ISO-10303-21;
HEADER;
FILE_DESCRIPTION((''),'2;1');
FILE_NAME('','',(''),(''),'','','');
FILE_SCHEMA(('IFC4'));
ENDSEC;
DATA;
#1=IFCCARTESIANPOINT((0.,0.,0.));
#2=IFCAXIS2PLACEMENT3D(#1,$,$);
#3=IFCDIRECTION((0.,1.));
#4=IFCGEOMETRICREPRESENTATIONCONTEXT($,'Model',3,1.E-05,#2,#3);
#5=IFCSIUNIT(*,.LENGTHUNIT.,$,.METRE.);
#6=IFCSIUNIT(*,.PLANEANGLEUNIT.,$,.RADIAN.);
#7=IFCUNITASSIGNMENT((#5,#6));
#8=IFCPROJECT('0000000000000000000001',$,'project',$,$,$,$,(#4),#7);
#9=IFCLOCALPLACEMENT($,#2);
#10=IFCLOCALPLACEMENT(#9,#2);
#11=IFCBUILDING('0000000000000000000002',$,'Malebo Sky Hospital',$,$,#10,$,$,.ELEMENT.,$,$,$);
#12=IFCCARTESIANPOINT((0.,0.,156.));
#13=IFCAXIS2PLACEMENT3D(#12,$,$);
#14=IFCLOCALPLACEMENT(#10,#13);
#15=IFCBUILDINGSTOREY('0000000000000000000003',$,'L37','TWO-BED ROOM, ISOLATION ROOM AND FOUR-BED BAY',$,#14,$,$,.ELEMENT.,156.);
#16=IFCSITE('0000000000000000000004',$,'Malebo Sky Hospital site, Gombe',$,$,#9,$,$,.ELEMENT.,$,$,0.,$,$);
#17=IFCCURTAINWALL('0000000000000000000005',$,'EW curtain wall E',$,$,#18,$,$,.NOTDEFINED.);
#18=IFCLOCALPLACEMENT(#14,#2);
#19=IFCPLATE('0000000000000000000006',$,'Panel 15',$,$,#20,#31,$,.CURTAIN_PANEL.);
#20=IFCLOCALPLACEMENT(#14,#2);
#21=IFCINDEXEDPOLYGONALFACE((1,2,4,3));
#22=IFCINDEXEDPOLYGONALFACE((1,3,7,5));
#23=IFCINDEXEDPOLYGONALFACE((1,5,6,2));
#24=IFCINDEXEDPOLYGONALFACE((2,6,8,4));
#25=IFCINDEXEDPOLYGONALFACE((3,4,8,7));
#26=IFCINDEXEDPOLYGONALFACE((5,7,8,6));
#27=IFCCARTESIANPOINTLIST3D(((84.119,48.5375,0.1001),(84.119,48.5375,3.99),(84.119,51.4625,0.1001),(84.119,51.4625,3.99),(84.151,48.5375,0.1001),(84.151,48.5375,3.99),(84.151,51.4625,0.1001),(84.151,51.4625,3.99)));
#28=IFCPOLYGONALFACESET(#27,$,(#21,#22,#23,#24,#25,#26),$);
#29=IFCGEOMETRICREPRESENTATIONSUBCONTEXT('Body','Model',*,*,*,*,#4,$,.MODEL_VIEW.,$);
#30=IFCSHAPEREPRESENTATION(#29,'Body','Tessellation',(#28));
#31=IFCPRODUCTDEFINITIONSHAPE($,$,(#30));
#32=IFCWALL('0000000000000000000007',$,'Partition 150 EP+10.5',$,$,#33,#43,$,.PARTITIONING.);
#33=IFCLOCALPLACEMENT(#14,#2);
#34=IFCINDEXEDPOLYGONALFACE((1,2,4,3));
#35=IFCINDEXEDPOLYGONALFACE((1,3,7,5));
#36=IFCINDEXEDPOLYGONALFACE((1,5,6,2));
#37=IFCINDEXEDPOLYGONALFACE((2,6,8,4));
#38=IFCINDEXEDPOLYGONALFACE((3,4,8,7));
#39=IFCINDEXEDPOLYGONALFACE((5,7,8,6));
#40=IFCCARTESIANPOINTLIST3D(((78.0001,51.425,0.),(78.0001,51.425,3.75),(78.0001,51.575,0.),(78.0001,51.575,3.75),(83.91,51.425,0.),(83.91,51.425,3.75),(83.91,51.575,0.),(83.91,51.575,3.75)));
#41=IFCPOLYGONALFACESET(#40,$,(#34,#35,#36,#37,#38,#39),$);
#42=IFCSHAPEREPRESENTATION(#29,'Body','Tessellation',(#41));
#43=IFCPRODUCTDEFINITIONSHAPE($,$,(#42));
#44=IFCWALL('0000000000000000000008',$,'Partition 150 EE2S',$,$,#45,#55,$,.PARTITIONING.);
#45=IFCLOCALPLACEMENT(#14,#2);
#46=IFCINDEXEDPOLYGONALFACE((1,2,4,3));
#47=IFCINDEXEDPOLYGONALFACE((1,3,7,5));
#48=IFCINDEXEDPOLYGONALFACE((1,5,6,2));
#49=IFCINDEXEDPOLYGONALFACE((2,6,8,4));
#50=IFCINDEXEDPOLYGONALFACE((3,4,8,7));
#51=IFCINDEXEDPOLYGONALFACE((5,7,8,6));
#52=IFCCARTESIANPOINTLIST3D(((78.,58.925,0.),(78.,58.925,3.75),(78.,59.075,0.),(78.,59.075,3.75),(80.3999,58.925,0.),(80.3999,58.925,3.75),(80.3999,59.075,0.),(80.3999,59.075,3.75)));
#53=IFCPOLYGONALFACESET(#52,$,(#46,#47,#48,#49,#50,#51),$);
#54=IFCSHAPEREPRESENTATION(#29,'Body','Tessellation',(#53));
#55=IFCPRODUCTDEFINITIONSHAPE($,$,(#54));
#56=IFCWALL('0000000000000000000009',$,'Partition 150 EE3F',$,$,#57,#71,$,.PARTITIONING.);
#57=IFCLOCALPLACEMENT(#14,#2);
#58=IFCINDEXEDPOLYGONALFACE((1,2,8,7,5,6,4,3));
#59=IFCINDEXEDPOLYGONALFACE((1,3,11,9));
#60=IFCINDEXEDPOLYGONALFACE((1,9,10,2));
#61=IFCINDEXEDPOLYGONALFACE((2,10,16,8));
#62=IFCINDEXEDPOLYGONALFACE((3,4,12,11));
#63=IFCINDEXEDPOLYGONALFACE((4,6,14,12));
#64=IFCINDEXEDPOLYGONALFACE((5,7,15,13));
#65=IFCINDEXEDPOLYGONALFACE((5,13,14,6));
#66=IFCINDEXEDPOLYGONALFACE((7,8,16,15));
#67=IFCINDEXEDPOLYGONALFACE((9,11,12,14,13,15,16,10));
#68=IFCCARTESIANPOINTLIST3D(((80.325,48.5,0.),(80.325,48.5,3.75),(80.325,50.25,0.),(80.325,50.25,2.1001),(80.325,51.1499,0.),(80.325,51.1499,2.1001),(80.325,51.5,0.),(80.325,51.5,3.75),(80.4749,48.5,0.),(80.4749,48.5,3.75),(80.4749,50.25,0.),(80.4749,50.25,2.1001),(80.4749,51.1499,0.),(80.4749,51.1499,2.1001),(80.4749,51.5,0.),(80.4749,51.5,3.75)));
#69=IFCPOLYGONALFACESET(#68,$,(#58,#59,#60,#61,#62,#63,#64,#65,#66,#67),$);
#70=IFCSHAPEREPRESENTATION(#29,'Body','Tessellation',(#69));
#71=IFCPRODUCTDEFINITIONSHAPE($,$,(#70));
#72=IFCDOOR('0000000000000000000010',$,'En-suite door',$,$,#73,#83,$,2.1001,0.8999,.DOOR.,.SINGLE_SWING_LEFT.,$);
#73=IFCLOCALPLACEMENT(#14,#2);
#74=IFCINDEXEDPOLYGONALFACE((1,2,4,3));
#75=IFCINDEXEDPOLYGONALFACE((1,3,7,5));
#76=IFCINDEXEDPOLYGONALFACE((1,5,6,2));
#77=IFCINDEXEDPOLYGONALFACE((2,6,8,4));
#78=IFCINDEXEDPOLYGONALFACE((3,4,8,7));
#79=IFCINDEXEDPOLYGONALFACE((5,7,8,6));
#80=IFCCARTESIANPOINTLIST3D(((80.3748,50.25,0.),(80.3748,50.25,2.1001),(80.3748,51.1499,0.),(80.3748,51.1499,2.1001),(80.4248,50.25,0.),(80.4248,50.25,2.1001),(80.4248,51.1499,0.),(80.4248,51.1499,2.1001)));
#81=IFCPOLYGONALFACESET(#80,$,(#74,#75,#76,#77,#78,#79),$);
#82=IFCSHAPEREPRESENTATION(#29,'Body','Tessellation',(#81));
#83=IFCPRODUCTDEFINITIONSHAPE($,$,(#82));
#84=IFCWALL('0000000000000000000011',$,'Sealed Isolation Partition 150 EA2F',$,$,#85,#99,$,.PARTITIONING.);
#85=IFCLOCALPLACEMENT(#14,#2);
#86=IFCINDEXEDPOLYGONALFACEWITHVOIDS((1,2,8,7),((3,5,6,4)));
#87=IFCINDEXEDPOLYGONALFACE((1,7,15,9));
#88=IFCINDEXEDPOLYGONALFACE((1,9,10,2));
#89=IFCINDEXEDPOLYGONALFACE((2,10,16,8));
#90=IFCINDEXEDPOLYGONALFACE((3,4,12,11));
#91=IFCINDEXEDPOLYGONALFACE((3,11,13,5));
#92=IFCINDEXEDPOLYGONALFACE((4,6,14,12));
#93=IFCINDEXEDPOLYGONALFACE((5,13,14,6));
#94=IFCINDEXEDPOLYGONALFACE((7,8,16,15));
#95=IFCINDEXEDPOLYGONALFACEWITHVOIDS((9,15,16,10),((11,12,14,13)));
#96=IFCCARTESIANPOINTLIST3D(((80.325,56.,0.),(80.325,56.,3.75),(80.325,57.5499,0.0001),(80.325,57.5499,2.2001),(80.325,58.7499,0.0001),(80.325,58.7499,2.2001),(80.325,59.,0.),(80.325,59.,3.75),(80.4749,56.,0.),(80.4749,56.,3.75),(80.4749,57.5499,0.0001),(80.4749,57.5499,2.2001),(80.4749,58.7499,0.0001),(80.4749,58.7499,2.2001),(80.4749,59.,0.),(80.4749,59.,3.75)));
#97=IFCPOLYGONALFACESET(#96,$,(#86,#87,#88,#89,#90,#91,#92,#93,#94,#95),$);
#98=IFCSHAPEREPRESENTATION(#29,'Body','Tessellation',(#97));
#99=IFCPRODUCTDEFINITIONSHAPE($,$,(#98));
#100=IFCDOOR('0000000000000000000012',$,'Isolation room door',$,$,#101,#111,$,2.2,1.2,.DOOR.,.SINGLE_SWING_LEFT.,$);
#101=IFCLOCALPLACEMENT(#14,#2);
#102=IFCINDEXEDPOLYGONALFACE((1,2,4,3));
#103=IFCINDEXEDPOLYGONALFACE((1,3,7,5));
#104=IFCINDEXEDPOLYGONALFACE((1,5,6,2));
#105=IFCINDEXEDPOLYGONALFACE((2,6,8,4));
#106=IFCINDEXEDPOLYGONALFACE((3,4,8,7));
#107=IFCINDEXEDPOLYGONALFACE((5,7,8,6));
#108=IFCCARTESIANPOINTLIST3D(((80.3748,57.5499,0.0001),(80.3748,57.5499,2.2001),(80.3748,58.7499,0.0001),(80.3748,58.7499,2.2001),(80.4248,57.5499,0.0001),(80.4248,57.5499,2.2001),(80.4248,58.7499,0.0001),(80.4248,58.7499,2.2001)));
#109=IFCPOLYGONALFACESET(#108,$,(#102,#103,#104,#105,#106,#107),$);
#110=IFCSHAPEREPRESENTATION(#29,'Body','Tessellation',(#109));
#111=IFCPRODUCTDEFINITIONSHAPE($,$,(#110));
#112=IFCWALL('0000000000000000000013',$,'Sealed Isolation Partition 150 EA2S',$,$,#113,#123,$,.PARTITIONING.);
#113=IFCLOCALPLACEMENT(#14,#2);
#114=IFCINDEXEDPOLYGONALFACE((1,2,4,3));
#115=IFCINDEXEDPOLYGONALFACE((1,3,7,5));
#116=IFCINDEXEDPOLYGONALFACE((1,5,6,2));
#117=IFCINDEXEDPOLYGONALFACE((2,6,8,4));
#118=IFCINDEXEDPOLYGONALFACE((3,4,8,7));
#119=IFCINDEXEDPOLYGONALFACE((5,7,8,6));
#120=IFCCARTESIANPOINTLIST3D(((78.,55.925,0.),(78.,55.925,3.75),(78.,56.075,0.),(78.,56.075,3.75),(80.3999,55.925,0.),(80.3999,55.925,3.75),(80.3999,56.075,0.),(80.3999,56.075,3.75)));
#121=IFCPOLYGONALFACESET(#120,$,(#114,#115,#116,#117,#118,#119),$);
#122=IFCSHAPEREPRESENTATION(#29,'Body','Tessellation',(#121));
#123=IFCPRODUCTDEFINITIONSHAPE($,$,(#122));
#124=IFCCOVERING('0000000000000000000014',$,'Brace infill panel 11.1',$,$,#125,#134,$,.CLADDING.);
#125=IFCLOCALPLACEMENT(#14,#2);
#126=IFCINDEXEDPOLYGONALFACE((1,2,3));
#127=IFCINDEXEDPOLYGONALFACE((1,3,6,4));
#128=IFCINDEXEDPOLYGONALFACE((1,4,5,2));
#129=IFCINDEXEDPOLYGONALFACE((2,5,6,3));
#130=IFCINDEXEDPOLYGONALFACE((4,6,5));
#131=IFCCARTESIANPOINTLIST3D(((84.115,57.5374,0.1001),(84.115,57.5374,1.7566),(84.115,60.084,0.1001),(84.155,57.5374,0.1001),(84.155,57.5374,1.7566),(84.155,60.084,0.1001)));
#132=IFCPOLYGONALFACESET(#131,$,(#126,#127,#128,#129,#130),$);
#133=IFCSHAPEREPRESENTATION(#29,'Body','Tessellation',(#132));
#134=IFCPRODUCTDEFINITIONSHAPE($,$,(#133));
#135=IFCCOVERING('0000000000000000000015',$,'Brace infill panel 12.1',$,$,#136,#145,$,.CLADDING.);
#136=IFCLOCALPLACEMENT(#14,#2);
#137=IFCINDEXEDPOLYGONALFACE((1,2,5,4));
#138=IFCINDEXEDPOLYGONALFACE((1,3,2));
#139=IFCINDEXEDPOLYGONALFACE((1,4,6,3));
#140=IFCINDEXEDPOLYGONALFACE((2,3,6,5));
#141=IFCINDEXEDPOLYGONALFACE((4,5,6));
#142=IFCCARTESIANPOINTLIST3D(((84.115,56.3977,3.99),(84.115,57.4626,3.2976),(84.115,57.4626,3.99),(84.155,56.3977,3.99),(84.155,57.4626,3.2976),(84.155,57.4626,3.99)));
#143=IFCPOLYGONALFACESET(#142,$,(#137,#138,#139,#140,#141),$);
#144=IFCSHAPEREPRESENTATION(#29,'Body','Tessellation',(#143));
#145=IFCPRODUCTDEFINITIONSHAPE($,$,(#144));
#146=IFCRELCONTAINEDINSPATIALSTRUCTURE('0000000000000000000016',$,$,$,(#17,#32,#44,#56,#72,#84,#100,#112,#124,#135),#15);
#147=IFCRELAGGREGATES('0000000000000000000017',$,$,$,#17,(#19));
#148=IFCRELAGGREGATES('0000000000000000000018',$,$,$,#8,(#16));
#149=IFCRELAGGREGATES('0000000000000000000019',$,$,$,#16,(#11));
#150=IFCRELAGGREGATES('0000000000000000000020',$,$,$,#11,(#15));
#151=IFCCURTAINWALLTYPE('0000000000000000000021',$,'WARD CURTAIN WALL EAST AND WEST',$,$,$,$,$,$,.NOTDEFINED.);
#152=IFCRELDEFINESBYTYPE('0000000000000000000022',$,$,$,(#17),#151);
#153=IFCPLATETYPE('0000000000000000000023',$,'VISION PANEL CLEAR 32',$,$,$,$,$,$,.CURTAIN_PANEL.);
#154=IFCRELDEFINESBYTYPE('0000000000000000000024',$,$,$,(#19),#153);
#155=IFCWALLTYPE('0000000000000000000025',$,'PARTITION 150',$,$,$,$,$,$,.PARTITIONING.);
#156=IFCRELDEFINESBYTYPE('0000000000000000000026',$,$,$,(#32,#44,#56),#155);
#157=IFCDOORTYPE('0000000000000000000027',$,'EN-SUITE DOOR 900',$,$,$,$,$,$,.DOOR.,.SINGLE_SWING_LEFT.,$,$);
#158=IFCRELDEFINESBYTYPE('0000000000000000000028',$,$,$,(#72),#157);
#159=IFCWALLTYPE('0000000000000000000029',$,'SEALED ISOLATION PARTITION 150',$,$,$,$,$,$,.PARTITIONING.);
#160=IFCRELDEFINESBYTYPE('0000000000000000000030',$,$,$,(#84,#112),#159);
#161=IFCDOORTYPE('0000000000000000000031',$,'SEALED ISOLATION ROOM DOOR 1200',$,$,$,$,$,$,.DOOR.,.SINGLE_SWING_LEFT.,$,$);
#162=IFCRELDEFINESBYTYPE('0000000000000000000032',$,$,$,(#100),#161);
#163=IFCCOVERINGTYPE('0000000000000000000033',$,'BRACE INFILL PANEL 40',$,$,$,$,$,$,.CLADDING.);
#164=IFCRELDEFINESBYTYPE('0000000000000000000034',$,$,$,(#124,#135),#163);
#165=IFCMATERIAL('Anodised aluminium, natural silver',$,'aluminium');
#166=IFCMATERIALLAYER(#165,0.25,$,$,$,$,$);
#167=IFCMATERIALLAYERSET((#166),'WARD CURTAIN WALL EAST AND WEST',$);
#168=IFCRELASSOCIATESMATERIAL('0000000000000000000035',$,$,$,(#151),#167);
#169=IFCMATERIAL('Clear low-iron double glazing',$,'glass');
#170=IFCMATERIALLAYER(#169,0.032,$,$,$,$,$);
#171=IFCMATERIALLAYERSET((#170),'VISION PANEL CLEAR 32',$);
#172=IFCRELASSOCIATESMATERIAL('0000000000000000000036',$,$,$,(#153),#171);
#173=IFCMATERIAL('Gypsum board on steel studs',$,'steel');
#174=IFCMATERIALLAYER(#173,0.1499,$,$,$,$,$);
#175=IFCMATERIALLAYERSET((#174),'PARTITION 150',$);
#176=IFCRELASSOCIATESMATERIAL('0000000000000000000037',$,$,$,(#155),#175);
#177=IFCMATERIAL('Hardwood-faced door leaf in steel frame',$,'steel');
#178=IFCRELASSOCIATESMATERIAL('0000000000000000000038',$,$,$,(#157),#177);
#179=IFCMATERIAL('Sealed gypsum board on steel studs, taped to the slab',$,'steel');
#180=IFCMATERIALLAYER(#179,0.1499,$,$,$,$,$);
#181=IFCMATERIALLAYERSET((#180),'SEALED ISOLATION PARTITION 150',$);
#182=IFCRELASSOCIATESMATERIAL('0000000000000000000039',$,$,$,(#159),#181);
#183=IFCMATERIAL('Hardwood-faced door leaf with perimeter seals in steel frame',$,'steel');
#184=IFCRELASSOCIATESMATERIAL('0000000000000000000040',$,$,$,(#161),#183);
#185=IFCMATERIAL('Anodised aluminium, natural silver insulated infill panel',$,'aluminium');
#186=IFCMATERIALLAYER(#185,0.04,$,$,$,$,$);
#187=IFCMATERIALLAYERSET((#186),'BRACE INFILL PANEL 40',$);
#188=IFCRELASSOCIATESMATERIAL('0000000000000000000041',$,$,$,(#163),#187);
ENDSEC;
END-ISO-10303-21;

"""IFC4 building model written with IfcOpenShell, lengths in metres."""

from ifc_helpers import new_model, si_unit, direction, frame, frame_2d, origin, origin_2d, place, context, subcontext, project, spatial, polyline, rectangle, outline, extrude, material, layer, layer_set, type_object, element, fill, aggregate, save


model = new_model("IFC4")

# Units and contexts
model_context = context("Model", 3, precision=1e-05, world=origin(), true_north=direction((0.0, 1.0)))
body_context = subcontext(model_context, "Body", "Model", "MODEL_VIEW")
ifc_project = project(units=[si_unit("LENGTHUNIT", "METRE"), si_unit("PLANEANGLEUNIT", "RADIAN")], contexts=[model_context])

# Site, building, storey
site_placement = place(None, origin())
site = spatial("IfcSite", under=ifc_project, at=site_placement, Name="Malebo Sky Hospital site, Gombe", CompositionType="ELEMENT", RefElevation=0.0)
building_placement = place(site_placement, origin())
building = spatial("IfcBuilding", under=site, at=building_placement, Name="Malebo Sky Hospital", CompositionType="ELEMENT")
storey_placement = place(building_placement, frame((0.0, 0.0, 156.0)))
storey = spatial("IfcBuildingStorey", under=building, at=storey_placement, Name="L37", Description="TWO-BED ROOM, ISOLATION ROOM AND FOUR-BED BAY", CompositionType="ELEMENT", Elevation=156.0)

# Curtain wall
ifc_material_1 = material(Name="Anodised aluminium, natural silver", Category="aluminium")
ifc_layer_1 = layer(ifc_material_1, 0.25)
ifc_layer_set_1 = layer_set([ifc_layer_1], Name="WARD CURTAIN WALL EAST AND WEST")
curtain_wall_type = type_object("IfcCurtainWallType", Name="WARD CURTAIN WALL EAST AND WEST", PredefinedType="NOTDEFINED", material=ifc_layer_set_1)
curtain_wall_placement = place(storey_placement, origin())
curtain_wall = element("IfcCurtainWall", 1, at=curtain_wall_placement, inside=storey, type_object=curtain_wall_type, Name="EW curtain wall E", PredefinedType="NOTDEFINED")

# Plate
ifc_material_2 = material(Name="Clear low-iron double glazing", Category="glass")
ifc_layer_2 = layer(ifc_material_2, 0.032)
ifc_layer_set_2 = layer_set([ifc_layer_2], Name="VISION PANEL CLEAR 32")
plate_type = type_object("IfcPlateType", Name="VISION PANEL CLEAR 32", PredefinedType="CURTAIN_PANEL", material=ifc_layer_set_2)
plate_1_placement = place(storey_placement, frame((84.135, 50.0, 0.1001), z_axis=(0.0, 0.0, 1.0), x_axis=(0.0, -1.0, 0.0)))
plate_1 = element("IfcPlate", 2, at=plate_1_placement, type_object=plate_type, Name="Panel 15", PredefinedType="CURTAIN_PANEL", context=body_context, shape_type="SweptSolid", body=[
    extrude(rectangle(XDim=2.925, YDim=0.032, at=origin_2d()), origin(), (0.0, 0.0, 1.0), 3.8899),
])
aggregate(curtain_wall, [plate_1])

# Walls
ifc_material_3 = material(Name="Gypsum board on steel studs", Category="steel")
ifc_layer_3 = layer(ifc_material_3, 0.1499)
ifc_layer_set_3 = layer_set([ifc_layer_3], Name="PARTITION 150")
wall_type_1 = type_object("IfcWallType", Name="PARTITION 150", PredefinedType="PARTITIONING", material=ifc_layer_set_3)
wall_1_placement = place(storey_placement, frame((78.0, 51.5, 0.0), z_axis=(0.0, 0.0, 1.0), x_axis=(1.0, 0.0, 0.0)))
element("IfcWall", 3, at=wall_1_placement, inside=storey, type_object=wall_type_1, Name="Partition 150 EP+10.5", PredefinedType="PARTITIONING", context=body_context, shape_type="SweptSolid", body=[
    extrude(rectangle(XDim=5.9099, YDim=0.1499, at=frame_2d((2.9551, 0.0))), origin(), (0.0, 0.0, 1.0), 3.75),
])
wall_2_placement = place(storey_placement, frame((78.0, 59.0, 0.0), z_axis=(0.0, 0.0, 1.0), x_axis=(1.0, 0.0, 0.0)))
element("IfcWall", 4, at=wall_2_placement, inside=storey, type_object=wall_type_1, Name="Partition 150 EE2S", PredefinedType="PARTITIONING", context=body_context, shape_type="SweptSolid", body=[
    extrude(rectangle(XDim=2.3999, YDim=0.1499, at=frame_2d((1.2, 0.0))), origin(), (0.0, 0.0, 1.0), 3.75),
])

# Walls, openings, doors
wall_3_placement = place(storey_placement, frame((80.3999, 51.5, 0.0), z_axis=(0.0, 0.0, 1.0), x_axis=(0.0, -1.0, 0.0)))
wall_3 = element("IfcWall", 5, at=wall_3_placement, inside=storey, type_object=wall_type_1, Name="Partition 150 EE3F", PredefinedType="PARTITIONING", context=body_context, shape_type="SweptSolid", body=[
    extrude(rectangle(XDim=3.0, YDim=0.1499, at=frame_2d((1.5, 0.0))), origin(), (0.0, 0.0, 1.0), 3.75),
])
opening_1_placement = place(wall_3_placement, frame((0.3501, 0.0, 0.0)))
opening_1 = element("IfcOpeningElement", 6, at=opening_1_placement, cuts=wall_3, PredefinedType="OPENING", context=body_context, shape_type="SweptSolid", body=[
    extrude(rectangle(XDim=0.8999, YDim=2.1001, at=frame_2d((0.45, 1.05))), frame((0.0, 0.085, 0.0), z_axis=(0.0, -1.0, 0.0), x_axis=(1.0, 0.0, 0.0)), (0.0, 0.0, 1.0), 0.1699),
])
ifc_material_4 = material(Name="Hardwood-faced door leaf in steel frame", Category="steel")
door_type_1 = type_object("IfcDoorType", Name="EN-SUITE DOOR 900", OperationType="SINGLE_SWING_LEFT", PredefinedType="DOOR", material=ifc_material_4)
door_1_placement = place(opening_1_placement, origin())
door_1 = element("IfcDoor", 7, at=door_1_placement, inside=storey, type_object=door_type_1, Name="En-suite door", OperationType="SINGLE_SWING_LEFT", OverallHeight=2.1001, OverallWidth=0.8999, PredefinedType="DOOR", context=body_context, shape_type="SweptSolid", body=[
    extrude(rectangle(XDim=0.8999, YDim=2.1001, at=frame_2d((0.45, 1.05))), frame((0.0, 0.0249, 0.0), z_axis=(0.0, -1.0, 0.0), x_axis=(1.0, 0.0, 0.0)), (0.0, 0.0, 1.0), 0.05),
])
fill(opening_1, door_1)
ifc_material_5 = material(Name="Sealed gypsum board on steel studs, taped to the slab", Category="steel")
ifc_layer_4 = layer(ifc_material_5, 0.1499)
ifc_layer_set_4 = layer_set([ifc_layer_4], Name="SEALED ISOLATION PARTITION 150")
wall_type_2 = type_object("IfcWallType", Name="SEALED ISOLATION PARTITION 150", PredefinedType="PARTITIONING", material=ifc_layer_set_4)
wall_4_placement = place(storey_placement, frame((80.3999, 59.0, 0.0), z_axis=(0.0, 0.0, 1.0), x_axis=(0.0, -1.0, 0.0)))
wall_4 = element("IfcWall", 8, at=wall_4_placement, inside=storey, type_object=wall_type_2, Name="Sealed Isolation Partition 150 EA2F", PredefinedType="PARTITIONING", context=body_context, shape_type="SweptSolid", body=[
    extrude(rectangle(XDim=3.0, YDim=0.1499, at=frame_2d((1.5, 0.0))), origin(), (0.0, 0.0, 1.0), 3.75),
])
opening_2_placement = place(wall_4_placement, frame((0.25, 0.0, 0.0)))
opening_2 = element("IfcOpeningElement", 9, at=opening_2_placement, cuts=wall_4, PredefinedType="OPENING", context=body_context, shape_type="SweptSolid", body=[
    extrude(rectangle(XDim=1.2, YDim=2.2, at=frame_2d((0.6001, 1.1001))), frame((0.0, 0.085, 0.0), z_axis=(0.0, -1.0, 0.0), x_axis=(1.0, 0.0, 0.0)), (0.0, 0.0, 1.0), 0.1699),
])
ifc_material_6 = material(Name="Hardwood-faced door leaf with perimeter seals in steel frame", Category="steel")
door_type_2 = type_object("IfcDoorType", Name="SEALED ISOLATION ROOM DOOR 1200", OperationType="SINGLE_SWING_LEFT", PredefinedType="DOOR", material=ifc_material_6)
door_2_placement = place(opening_2_placement, origin())
door_2 = element("IfcDoor", 10, at=door_2_placement, inside=storey, type_object=door_type_2, Name="Isolation room door", OperationType="SINGLE_SWING_LEFT", OverallHeight=2.2, OverallWidth=1.2, PredefinedType="DOOR", context=body_context, shape_type="SweptSolid", body=[
    extrude(rectangle(XDim=1.2, YDim=2.2, at=frame_2d((0.6001, 1.1001))), frame((0.0, 0.0249, 0.0), z_axis=(0.0, -1.0, 0.0), x_axis=(1.0, 0.0, 0.0)), (0.0, 0.0, 1.0), 0.05),
])
fill(opening_2, door_2)

# Wall
wall_5_placement = place(storey_placement, frame((78.0, 56.0, 0.0), z_axis=(0.0, 0.0, 1.0), x_axis=(1.0, 0.0, 0.0)))
element("IfcWall", 11, at=wall_5_placement, inside=storey, type_object=wall_type_2, Name="Sealed Isolation Partition 150 EA2S", PredefinedType="PARTITIONING", context=body_context, shape_type="SweptSolid", body=[
    extrude(rectangle(XDim=2.3999, YDim=0.1499, at=frame_2d((1.2, 0.0))), origin(), (0.0, 0.0, 1.0), 3.75),
])

# Coverings
ifc_material_7 = material(Name="Anodised aluminium, natural silver insulated infill panel", Category="aluminium")
ifc_layer_5 = layer(ifc_material_7, 0.04)
ifc_layer_set_5 = layer_set([ifc_layer_5], Name="BRACE INFILL PANEL 40")
covering_type = type_object("IfcCoveringType", Name="BRACE INFILL PANEL 40", PredefinedType="CLADDING", material=ifc_layer_set_5)
covering_1_placement = place(storey_placement, frame((84.135, 58.8108, 0.1001), z_axis=(0.0, 0.0, 1.0), x_axis=(0.0, -1.0, 0.0)))
element("IfcCovering", 12, at=covering_1_placement, inside=storey, type_object=covering_type, Name="Brace infill panel 11.1", PredefinedType="CLADDING", context=body_context, shape_type="SweptSolid", body=[
    extrude(outline(polyline([(-1.2732, 0.0), (1.2734, 0.0), (1.2734, 1.6565), (-1.2732, 0.0)])), frame((0.0, 0.02, 0.0), z_axis=(0.0, -1.0, 0.0), x_axis=(1.0, 0.0, 0.0)), (0.0, 0.0, 1.0), 0.04),
])
covering_2_placement = place(storey_placement, frame((84.135, 56.9302, 3.2976), z_axis=(0.0, 0.0, 1.0), x_axis=(0.0, -1.0, 0.0)))
element("IfcCovering", 13, at=covering_2_placement, inside=storey, type_object=covering_type, Name="Brace infill panel 12.1", PredefinedType="CLADDING", context=body_context, shape_type="SweptSolid", body=[
    extrude(outline(polyline([(-0.5325, 0.0), (0.5325, 0.6924), (-0.5325, 0.6924), (-0.5325, 0.0)])), frame((0.0, 0.02, 0.0), z_axis=(0.0, -1.0, 0.0), x_axis=(1.0, 0.0, 0.0)), (0.0, 0.0, 1.0), 0.04),
])

save(model, "model.ifc")
